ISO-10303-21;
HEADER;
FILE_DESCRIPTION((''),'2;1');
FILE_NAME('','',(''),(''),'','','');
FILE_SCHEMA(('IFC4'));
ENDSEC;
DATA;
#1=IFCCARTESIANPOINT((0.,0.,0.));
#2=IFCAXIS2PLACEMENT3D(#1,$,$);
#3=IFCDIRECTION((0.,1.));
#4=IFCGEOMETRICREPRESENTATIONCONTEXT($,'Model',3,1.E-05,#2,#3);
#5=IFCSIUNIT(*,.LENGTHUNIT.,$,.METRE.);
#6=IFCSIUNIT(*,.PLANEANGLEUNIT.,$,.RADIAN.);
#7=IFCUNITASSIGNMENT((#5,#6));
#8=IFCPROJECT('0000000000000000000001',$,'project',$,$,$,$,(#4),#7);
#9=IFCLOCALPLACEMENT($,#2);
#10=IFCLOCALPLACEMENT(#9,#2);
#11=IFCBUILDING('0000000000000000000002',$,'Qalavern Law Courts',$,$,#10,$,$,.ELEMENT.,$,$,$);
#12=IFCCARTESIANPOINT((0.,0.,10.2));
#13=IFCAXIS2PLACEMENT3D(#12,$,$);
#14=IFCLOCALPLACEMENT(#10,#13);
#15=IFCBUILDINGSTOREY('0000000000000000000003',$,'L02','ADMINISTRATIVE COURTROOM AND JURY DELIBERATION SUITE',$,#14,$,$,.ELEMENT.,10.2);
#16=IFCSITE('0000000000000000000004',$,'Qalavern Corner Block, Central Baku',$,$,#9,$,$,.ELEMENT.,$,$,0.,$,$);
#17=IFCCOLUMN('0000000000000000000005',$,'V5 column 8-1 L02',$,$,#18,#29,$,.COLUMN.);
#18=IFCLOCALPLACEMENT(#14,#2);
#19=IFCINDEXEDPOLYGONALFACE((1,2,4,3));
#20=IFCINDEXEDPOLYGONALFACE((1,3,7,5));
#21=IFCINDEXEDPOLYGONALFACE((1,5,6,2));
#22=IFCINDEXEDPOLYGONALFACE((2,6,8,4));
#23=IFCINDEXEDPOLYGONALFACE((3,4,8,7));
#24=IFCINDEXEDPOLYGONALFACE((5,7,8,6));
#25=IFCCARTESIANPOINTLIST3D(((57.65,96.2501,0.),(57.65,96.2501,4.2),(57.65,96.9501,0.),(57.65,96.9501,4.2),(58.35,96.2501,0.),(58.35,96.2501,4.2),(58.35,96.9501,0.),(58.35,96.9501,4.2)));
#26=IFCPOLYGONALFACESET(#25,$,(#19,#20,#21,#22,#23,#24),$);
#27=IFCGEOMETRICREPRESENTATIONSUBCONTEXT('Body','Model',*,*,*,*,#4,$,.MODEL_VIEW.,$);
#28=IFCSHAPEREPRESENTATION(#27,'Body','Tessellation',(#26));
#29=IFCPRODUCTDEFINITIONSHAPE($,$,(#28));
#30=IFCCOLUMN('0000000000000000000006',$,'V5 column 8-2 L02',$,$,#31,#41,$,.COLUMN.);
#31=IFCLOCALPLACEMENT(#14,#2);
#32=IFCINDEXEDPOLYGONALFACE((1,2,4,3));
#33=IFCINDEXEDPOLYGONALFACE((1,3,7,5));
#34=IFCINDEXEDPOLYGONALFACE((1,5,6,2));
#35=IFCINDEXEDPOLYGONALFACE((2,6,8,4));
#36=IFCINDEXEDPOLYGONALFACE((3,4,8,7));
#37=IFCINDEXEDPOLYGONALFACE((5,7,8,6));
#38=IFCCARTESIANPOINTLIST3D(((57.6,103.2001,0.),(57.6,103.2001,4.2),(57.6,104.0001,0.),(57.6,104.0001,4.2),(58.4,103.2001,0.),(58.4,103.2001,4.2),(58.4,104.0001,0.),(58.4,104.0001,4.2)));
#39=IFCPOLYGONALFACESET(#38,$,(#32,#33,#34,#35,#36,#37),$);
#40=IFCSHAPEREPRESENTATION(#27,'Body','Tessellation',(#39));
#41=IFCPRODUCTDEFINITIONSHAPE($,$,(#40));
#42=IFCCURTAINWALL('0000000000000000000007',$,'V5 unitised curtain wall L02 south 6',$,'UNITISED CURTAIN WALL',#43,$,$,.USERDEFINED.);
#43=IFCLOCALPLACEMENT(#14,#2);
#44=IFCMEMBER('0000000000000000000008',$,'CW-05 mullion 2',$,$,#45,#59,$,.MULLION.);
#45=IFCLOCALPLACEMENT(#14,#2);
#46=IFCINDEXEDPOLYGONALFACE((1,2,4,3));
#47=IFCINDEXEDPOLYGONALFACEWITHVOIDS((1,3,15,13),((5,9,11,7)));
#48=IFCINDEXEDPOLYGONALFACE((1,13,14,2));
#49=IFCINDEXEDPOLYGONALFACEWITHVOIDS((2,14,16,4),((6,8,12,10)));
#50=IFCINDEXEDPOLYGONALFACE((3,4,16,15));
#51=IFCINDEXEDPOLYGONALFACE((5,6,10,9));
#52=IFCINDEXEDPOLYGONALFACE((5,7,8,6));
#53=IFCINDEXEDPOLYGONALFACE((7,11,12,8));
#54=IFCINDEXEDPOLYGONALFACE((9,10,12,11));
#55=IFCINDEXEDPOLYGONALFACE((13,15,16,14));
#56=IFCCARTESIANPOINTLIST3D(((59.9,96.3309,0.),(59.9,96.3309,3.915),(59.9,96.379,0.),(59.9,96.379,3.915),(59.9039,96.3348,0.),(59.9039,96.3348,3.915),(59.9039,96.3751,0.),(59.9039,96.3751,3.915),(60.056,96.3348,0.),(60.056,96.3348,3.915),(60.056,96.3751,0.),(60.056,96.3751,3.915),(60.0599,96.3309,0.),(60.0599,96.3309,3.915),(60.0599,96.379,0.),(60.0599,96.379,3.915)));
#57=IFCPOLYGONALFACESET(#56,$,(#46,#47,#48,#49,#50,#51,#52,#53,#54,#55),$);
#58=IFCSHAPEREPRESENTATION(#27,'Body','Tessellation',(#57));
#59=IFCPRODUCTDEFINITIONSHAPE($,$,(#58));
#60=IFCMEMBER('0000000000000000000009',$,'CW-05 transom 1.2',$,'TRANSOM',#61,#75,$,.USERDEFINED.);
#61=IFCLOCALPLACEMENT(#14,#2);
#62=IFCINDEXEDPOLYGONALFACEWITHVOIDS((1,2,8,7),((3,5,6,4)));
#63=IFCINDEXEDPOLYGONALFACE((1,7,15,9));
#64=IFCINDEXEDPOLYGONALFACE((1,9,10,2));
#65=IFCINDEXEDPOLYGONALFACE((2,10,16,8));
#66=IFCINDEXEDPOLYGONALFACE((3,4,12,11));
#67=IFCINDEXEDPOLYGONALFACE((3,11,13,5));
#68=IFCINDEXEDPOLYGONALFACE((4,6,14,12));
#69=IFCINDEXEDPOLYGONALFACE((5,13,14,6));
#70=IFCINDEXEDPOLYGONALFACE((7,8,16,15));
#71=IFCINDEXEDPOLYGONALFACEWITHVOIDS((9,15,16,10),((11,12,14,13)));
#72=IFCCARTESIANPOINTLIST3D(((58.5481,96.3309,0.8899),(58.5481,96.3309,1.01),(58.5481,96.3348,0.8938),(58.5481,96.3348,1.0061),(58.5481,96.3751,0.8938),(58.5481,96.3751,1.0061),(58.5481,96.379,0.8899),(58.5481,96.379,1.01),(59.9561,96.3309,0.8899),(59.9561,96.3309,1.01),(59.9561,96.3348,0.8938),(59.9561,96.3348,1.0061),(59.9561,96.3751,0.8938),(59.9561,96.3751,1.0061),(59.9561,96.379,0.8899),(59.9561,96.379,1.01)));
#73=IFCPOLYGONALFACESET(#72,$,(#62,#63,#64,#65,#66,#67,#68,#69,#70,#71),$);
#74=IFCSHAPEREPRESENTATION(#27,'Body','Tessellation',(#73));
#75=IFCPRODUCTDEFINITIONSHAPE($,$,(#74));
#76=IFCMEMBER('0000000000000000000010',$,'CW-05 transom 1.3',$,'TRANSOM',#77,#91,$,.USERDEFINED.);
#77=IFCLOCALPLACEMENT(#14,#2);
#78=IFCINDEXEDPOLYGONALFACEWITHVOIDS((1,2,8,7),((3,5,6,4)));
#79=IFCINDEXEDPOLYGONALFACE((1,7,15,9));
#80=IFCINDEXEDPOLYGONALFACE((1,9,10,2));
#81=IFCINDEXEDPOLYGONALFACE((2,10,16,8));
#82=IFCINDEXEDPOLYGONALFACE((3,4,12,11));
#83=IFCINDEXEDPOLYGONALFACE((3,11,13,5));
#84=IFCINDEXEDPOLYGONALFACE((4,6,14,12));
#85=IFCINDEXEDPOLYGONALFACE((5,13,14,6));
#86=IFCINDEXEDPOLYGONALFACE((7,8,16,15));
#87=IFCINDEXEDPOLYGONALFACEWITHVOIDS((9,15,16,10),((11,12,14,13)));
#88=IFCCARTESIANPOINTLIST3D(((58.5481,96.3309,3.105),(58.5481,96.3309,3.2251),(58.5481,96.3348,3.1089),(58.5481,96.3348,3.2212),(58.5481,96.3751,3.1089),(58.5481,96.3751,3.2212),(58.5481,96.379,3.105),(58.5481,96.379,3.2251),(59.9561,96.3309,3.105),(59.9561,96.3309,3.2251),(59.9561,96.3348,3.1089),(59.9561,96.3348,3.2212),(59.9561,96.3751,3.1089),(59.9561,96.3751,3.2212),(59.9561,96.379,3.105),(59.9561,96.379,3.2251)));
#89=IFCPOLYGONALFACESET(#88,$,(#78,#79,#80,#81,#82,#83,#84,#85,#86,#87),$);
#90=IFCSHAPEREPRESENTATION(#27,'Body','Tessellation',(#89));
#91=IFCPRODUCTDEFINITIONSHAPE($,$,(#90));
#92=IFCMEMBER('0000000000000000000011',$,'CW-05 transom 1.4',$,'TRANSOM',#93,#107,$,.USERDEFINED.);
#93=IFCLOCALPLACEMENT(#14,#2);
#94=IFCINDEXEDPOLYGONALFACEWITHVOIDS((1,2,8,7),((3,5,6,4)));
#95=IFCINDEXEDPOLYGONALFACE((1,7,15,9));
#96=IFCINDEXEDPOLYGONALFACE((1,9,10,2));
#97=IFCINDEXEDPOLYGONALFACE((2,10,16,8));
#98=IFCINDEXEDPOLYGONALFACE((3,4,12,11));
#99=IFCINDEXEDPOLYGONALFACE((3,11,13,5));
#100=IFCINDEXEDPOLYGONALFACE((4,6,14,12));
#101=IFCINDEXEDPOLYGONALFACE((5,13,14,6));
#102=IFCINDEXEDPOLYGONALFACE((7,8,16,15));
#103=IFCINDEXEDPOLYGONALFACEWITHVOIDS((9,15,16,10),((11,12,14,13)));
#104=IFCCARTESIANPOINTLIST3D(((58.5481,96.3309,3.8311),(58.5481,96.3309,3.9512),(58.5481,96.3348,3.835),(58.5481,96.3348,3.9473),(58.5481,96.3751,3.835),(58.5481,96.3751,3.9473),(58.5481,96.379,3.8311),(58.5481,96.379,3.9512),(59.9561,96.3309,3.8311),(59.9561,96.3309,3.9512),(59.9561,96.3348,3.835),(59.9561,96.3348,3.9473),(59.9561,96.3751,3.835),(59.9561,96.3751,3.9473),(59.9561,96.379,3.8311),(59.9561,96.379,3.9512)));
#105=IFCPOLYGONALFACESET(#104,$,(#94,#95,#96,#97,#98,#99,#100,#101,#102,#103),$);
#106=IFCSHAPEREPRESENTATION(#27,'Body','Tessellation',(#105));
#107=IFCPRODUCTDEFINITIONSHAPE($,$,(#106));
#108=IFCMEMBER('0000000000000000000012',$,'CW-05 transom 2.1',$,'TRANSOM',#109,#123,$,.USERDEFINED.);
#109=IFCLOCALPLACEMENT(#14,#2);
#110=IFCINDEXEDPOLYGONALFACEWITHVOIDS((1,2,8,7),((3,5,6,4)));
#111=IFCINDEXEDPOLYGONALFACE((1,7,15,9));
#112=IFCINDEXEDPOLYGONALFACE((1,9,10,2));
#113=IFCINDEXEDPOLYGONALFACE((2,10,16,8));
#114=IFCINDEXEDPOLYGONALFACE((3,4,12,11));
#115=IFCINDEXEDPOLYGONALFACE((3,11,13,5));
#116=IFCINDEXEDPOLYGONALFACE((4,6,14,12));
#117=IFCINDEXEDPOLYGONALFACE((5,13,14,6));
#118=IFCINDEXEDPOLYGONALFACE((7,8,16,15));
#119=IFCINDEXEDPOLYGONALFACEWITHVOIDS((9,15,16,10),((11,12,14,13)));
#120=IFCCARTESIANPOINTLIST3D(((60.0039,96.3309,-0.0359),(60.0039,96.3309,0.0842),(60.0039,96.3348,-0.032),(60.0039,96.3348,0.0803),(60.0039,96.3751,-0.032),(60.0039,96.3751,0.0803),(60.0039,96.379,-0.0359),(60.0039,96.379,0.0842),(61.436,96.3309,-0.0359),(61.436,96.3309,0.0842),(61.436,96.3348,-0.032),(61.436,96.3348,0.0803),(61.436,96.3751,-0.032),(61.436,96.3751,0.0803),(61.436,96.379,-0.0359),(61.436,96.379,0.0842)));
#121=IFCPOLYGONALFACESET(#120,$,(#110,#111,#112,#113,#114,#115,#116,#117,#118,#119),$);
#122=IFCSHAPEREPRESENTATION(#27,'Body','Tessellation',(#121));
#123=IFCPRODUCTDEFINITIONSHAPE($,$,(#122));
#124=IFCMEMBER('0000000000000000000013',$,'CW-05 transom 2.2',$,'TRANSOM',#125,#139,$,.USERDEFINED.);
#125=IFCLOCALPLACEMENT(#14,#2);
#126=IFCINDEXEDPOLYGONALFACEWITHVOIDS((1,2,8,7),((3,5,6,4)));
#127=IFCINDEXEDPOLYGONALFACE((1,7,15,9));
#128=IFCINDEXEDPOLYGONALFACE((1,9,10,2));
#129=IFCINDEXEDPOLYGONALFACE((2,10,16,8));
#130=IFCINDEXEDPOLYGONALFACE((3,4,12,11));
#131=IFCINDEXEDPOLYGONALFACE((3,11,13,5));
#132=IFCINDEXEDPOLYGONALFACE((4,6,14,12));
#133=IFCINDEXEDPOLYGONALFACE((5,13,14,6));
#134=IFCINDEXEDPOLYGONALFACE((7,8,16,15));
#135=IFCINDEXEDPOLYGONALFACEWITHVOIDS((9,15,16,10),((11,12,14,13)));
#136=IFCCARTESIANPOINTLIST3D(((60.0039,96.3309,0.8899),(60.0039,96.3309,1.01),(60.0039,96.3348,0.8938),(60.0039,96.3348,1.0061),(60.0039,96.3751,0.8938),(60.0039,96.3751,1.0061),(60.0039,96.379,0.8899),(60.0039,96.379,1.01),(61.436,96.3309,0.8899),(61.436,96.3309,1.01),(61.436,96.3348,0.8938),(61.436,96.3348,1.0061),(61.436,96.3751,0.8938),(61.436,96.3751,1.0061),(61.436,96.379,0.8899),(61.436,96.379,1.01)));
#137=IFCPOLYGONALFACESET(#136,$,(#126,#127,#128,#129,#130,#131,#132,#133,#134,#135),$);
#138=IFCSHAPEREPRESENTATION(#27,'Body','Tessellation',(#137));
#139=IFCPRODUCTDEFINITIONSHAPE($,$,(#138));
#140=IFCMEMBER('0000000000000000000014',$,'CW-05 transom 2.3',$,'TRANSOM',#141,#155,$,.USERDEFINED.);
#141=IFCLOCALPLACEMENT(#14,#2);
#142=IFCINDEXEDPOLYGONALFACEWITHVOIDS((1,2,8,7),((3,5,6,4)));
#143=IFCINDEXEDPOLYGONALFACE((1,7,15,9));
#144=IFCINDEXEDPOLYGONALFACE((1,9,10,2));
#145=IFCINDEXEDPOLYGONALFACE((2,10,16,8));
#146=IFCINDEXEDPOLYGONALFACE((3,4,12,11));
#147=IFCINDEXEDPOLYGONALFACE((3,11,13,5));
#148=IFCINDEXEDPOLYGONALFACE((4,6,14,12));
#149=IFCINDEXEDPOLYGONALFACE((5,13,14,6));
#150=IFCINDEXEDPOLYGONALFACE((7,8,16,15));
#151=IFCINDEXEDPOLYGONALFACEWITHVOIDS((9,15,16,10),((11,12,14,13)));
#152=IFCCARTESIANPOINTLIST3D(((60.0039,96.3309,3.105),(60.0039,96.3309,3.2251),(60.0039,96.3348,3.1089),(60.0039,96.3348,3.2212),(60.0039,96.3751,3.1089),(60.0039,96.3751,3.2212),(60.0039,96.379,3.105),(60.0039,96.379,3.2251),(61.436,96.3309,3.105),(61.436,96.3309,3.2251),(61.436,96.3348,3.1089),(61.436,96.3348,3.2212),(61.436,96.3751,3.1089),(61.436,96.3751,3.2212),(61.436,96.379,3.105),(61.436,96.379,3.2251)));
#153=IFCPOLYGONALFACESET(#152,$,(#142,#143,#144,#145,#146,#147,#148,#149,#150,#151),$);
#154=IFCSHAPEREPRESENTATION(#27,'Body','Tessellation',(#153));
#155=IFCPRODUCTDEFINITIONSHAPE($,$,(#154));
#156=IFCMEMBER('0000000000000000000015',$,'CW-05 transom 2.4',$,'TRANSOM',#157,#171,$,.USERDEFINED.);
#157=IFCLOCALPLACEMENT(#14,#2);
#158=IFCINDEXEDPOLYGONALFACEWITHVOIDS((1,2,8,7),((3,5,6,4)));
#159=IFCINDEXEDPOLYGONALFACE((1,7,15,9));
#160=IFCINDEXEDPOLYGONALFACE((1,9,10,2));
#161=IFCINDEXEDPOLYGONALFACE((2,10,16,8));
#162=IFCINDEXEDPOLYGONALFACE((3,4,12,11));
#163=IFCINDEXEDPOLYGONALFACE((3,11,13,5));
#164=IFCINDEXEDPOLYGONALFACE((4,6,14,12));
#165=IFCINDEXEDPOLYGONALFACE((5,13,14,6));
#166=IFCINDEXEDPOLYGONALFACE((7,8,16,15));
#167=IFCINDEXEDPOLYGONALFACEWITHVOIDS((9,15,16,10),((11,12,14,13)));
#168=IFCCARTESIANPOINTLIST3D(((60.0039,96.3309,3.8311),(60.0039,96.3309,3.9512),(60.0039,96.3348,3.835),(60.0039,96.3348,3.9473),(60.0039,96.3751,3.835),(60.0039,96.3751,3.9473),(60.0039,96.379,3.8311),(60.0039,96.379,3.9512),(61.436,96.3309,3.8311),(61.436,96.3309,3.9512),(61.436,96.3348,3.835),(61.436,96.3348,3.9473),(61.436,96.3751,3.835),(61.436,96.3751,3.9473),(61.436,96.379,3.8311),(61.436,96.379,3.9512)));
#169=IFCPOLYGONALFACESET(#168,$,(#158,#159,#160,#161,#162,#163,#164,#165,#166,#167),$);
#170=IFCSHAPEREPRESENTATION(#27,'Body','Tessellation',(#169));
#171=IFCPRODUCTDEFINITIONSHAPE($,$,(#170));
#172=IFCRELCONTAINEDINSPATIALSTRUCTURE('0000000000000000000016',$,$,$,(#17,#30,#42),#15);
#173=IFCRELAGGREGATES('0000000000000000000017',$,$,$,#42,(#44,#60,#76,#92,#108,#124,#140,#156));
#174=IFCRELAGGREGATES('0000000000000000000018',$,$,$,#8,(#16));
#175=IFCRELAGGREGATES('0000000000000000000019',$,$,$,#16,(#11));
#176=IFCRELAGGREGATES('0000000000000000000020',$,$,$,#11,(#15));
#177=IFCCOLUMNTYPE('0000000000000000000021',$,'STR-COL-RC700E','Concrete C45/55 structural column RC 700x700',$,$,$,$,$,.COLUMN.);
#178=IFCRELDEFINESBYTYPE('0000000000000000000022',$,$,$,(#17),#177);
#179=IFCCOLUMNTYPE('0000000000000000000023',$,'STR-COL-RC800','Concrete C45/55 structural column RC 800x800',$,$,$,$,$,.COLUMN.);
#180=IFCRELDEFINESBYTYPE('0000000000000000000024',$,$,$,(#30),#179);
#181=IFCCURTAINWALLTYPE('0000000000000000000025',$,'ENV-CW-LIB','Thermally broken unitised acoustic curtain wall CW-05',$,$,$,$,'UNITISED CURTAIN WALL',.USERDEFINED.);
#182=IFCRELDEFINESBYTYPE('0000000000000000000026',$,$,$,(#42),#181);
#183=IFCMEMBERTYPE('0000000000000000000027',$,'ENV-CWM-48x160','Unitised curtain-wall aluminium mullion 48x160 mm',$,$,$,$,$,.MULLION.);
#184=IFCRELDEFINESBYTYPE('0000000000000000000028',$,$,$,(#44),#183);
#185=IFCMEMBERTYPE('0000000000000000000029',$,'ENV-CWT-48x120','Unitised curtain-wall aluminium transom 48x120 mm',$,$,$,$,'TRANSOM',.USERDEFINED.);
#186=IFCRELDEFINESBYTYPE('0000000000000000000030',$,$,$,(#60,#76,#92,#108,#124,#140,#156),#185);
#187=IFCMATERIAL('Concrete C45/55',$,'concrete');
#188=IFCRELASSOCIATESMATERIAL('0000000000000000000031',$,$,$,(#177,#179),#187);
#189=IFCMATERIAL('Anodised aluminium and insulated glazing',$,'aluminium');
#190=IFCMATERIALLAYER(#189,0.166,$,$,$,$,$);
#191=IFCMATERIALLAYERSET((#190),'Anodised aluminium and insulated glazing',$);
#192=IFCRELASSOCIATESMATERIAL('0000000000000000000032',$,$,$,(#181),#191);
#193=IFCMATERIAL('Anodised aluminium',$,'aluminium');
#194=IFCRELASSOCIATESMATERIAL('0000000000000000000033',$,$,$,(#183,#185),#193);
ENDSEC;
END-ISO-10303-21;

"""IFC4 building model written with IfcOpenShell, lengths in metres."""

from ifc_helpers import new_model, si_unit, direction, frame, origin, origin_2d, place, context, subcontext, project, spatial, rectangle, hollow_rectangle, extrude, material, layer, layer_set, material_profile, profile_set, type_object, element, aggregate, save


model = new_model("IFC4")

# Units and contexts
model_context = context("Model", 3, precision=1e-05, world=origin(), true_north=direction((0.0, 1.0)))
body_context = subcontext(model_context, "Body", "Model", "MODEL_VIEW")
ifc_project = project(units=[si_unit("LENGTHUNIT", "METRE"), si_unit("PLANEANGLEUNIT", "RADIAN")], contexts=[model_context])

# Site, building, storey
site_placement = place(None, origin())
site = spatial("IfcSite", under=ifc_project, at=site_placement, Name="Qalavern Corner Block, Central Baku", CompositionType="ELEMENT", RefElevation=0.0)
building_placement = place(site_placement, origin())
building = spatial("IfcBuilding", under=site, at=building_placement, Name="Qalavern Law Courts", CompositionType="ELEMENT")
storey_placement = place(building_placement, frame((0.0, 0.0, 10.2)))
storey = spatial("IfcBuildingStorey", under=building, at=storey_placement, Name="L02", Description="ADMINISTRATIVE COURTROOM AND JURY DELIBERATION SUITE", CompositionType="ELEMENT", Elevation=10.2)

# Columns
ifc_material_1 = material(Name="Concrete C45/55", Category="concrete")
ifc_material_profile_1 = material_profile(ifc_material_1, rectangle(XDim=0.7, YDim=0.7, at=origin_2d()), Name="RC 700x700")
ifc_profile_set_1 = profile_set([ifc_material_profile_1], Name="Concrete C45/55")
column_type_1 = type_object("IfcColumnType", Name="STR-COL-RC700E", Description="Concrete C45/55 structural column RC 700x700", PredefinedType="COLUMN", material=ifc_profile_set_1)
column_1_placement = place(storey_placement, frame((58.0, 96.6001, 0.0), z_axis=(0.0, 0.0, 1.0), x_axis=(1.0, 0.0, 0.0)))
element("IfcColumn", 1, at=column_1_placement, inside=storey, type_object=column_type_1, Name="V5 column 8-1 L02", PredefinedType="COLUMN", context=body_context, shape_type="SweptSolid", body=[
    extrude(rectangle(XDim=0.7, YDim=0.7, at=origin_2d()), origin(), (0.0, 0.0, 1.0), 4.2),
])
ifc_material_profile_2 = material_profile(ifc_material_1, rectangle(XDim=0.8, YDim=0.8, at=origin_2d()), Name="RC 800x800")
ifc_profile_set_2 = profile_set([ifc_material_profile_2], Name="Concrete C45/55")
column_type_2 = type_object("IfcColumnType", Name="STR-COL-RC800", Description="Concrete C45/55 structural column RC 800x800", PredefinedType="COLUMN", material=ifc_profile_set_2)
column_2_placement = place(storey_placement, frame((58.0, 103.6001, 0.0), z_axis=(0.0, 0.0, 1.0), x_axis=(1.0, 0.0, 0.0)))
element("IfcColumn", 2, at=column_2_placement, inside=storey, type_object=column_type_2, Name="V5 column 8-2 L02", PredefinedType="COLUMN", context=body_context, shape_type="SweptSolid", body=[
    extrude(rectangle(XDim=0.8, YDim=0.8, at=origin_2d()), origin(), (0.0, 0.0, 1.0), 4.2),
])

# Curtain wall, members
ifc_material_2 = material(Name="Anodised aluminium and insulated glazing", Category="aluminium")
ifc_layer_1 = layer(ifc_material_2, 0.166)
ifc_layer_set_1 = layer_set([ifc_layer_1], Name="Anodised aluminium and insulated glazing")
curtain_wall_type = type_object("IfcCurtainWallType", Name="ENV-CW-LIB", Description="Thermally broken unitised acoustic curtain wall CW-05", ElementType="UNITISED CURTAIN WALL", PredefinedType="USERDEFINED", material=ifc_layer_set_1)
curtain_wall_placement = place(storey_placement, origin())
curtain_wall = element("IfcCurtainWall", 3, at=curtain_wall_placement, inside=storey, type_object=curtain_wall_type, Name="V5 unitised curtain wall L02 south 6", ObjectType="UNITISED CURTAIN WALL", PredefinedType="USERDEFINED")
ifc_material_3 = material(Name="Anodised aluminium", Category="aluminium")
ifc_material_profile_3 = material_profile(ifc_material_3, hollow_rectangle(XDim=0.0481, YDim=0.1599, WallThickness=0.0039, at=origin_2d()), Name="ALU MULLION 48x160")
ifc_profile_set_3 = profile_set([ifc_material_profile_3], Name="Anodised aluminium")
member_type_1 = type_object("IfcMemberType", Name="ENV-CWM-48x160", Description="Unitised curtain-wall aluminium mullion 48x160 mm", PredefinedType="MULLION", material=ifc_profile_set_3)
member_1_placement = place(storey_placement, frame((59.98, 96.355, 0.0), z_axis=(0.0, 0.0, 1.0), x_axis=(0.0, 1.0, 0.0)))
member_1 = element("IfcMember", 4, at=member_1_placement, type_object=member_type_1, Name="CW-05 mullion 2", PredefinedType="MULLION", context=body_context, shape_type="SweptSolid", body=[
    extrude(hollow_rectangle(XDim=0.0481, YDim=0.1599, WallThickness=0.0039, at=origin_2d()), origin(), (0.0, 0.0, 1.0), 3.915),
])
ifc_material_profile_4 = material_profile(ifc_material_3, hollow_rectangle(XDim=0.0481, YDim=0.1201, WallThickness=0.0039, at=origin_2d()), Name="ALU TRANSOM 48x120")
ifc_profile_set_4 = profile_set([ifc_material_profile_4], Name="Anodised aluminium")
member_type_2 = type_object("IfcMemberType", Name="ENV-CWT-48x120", Description="Unitised curtain-wall aluminium transom 48x120 mm", ElementType="TRANSOM", PredefinedType="USERDEFINED", material=ifc_profile_set_4)
member_2_placement = place(storey_placement, frame((58.5481, 96.355, 0.95), z_axis=(1.0, 0.0, 0.0), x_axis=(0.0, 1.0, 0.0)))
member_2 = element("IfcMember", 5, at=member_2_placement, type_object=member_type_2, Name="CW-05 transom 1.2", ObjectType="TRANSOM", PredefinedType="USERDEFINED", context=body_context, shape_type="SweptSolid", body=[
    extrude(hollow_rectangle(XDim=0.0481, YDim=0.1201, WallThickness=0.0039, at=origin_2d()), origin(), (0.0, 0.0, 1.0), 1.408),
])
member_3_placement = place(storey_placement, frame((58.5481, 96.355, 3.165), z_axis=(1.0, 0.0, 0.0), x_axis=(0.0, 1.0, 0.0)))
member_3 = element("IfcMember", 6, at=member_3_placement, type_object=member_type_2, Name="CW-05 transom 1.3", ObjectType="TRANSOM", PredefinedType="USERDEFINED", context=body_context, shape_type="SweptSolid", body=[
    extrude(hollow_rectangle(XDim=0.0481, YDim=0.1201, WallThickness=0.0039, at=origin_2d()), origin(), (0.0, 0.0, 1.0), 1.408),
])
member_4_placement = place(storey_placement, frame((58.5481, 96.355, 3.8911), z_axis=(1.0, 0.0, 0.0), x_axis=(0.0, 1.0, 0.0)))
member_4 = element("IfcMember", 7, at=member_4_placement, type_object=member_type_2, Name="CW-05 transom 1.4", ObjectType="TRANSOM", PredefinedType="USERDEFINED", context=body_context, shape_type="SweptSolid", body=[
    extrude(hollow_rectangle(XDim=0.0481, YDim=0.1201, WallThickness=0.0039, at=origin_2d()), origin(), (0.0, 0.0, 1.0), 1.408),
])
member_5_placement = place(storey_placement, frame((60.0039, 96.355, 0.0242), z_axis=(1.0, 0.0, 0.0), x_axis=(0.0, 1.0, 0.0)))
member_5 = element("IfcMember", 8, at=member_5_placement, type_object=member_type_2, Name="CW-05 transom 2.1", ObjectType="TRANSOM", PredefinedType="USERDEFINED", context=body_context, shape_type="SweptSolid", body=[
    extrude(hollow_rectangle(XDim=0.0481, YDim=0.1201, WallThickness=0.0039, at=origin_2d()), origin(), (0.0, 0.0, 1.0), 1.4321),
])
member_6_placement = place(storey_placement, frame((60.0039, 96.355, 0.95), z_axis=(1.0, 0.0, 0.0), x_axis=(0.0, 1.0, 0.0)))
member_6 = element("IfcMember", 9, at=member_6_placement, type_object=member_type_2, Name="CW-05 transom 2.2", ObjectType="TRANSOM", PredefinedType="USERDEFINED", context=body_context, shape_type="SweptSolid", body=[
    extrude(hollow_rectangle(XDim=0.0481, YDim=0.1201, WallThickness=0.0039, at=origin_2d()), origin(), (0.0, 0.0, 1.0), 1.4321),
])
member_7_placement = place(storey_placement, frame((60.0039, 96.355, 3.165), z_axis=(1.0, 0.0, 0.0), x_axis=(0.0, 1.0, 0.0)))
member_7 = element("IfcMember", 10, at=member_7_placement, type_object=member_type_2, Name="CW-05 transom 2.3", ObjectType="TRANSOM", PredefinedType="USERDEFINED", context=body_context, shape_type="SweptSolid", body=[
    extrude(hollow_rectangle(XDim=0.0481, YDim=0.1201, WallThickness=0.0039, at=origin_2d()), origin(), (0.0, 0.0, 1.0), 1.4321),
])
member_8_placement = place(storey_placement, frame((60.0039, 96.355, 3.8911), z_axis=(1.0, 0.0, 0.0), x_axis=(0.0, 1.0, 0.0)))
member_8 = element("IfcMember", 11, at=member_8_placement, type_object=member_type_2, Name="CW-05 transom 2.4", ObjectType="TRANSOM", PredefinedType="USERDEFINED", context=body_context, shape_type="SweptSolid", body=[
    extrude(hollow_rectangle(XDim=0.0481, YDim=0.1201, WallThickness=0.0039, at=origin_2d()), origin(), (0.0, 0.0, 1.0), 1.4321),
])

aggregate(curtain_wall, [member_1, member_2, member_3, member_4, member_5, member_6, member_7, member_8])

save(model, "model.ifc")
